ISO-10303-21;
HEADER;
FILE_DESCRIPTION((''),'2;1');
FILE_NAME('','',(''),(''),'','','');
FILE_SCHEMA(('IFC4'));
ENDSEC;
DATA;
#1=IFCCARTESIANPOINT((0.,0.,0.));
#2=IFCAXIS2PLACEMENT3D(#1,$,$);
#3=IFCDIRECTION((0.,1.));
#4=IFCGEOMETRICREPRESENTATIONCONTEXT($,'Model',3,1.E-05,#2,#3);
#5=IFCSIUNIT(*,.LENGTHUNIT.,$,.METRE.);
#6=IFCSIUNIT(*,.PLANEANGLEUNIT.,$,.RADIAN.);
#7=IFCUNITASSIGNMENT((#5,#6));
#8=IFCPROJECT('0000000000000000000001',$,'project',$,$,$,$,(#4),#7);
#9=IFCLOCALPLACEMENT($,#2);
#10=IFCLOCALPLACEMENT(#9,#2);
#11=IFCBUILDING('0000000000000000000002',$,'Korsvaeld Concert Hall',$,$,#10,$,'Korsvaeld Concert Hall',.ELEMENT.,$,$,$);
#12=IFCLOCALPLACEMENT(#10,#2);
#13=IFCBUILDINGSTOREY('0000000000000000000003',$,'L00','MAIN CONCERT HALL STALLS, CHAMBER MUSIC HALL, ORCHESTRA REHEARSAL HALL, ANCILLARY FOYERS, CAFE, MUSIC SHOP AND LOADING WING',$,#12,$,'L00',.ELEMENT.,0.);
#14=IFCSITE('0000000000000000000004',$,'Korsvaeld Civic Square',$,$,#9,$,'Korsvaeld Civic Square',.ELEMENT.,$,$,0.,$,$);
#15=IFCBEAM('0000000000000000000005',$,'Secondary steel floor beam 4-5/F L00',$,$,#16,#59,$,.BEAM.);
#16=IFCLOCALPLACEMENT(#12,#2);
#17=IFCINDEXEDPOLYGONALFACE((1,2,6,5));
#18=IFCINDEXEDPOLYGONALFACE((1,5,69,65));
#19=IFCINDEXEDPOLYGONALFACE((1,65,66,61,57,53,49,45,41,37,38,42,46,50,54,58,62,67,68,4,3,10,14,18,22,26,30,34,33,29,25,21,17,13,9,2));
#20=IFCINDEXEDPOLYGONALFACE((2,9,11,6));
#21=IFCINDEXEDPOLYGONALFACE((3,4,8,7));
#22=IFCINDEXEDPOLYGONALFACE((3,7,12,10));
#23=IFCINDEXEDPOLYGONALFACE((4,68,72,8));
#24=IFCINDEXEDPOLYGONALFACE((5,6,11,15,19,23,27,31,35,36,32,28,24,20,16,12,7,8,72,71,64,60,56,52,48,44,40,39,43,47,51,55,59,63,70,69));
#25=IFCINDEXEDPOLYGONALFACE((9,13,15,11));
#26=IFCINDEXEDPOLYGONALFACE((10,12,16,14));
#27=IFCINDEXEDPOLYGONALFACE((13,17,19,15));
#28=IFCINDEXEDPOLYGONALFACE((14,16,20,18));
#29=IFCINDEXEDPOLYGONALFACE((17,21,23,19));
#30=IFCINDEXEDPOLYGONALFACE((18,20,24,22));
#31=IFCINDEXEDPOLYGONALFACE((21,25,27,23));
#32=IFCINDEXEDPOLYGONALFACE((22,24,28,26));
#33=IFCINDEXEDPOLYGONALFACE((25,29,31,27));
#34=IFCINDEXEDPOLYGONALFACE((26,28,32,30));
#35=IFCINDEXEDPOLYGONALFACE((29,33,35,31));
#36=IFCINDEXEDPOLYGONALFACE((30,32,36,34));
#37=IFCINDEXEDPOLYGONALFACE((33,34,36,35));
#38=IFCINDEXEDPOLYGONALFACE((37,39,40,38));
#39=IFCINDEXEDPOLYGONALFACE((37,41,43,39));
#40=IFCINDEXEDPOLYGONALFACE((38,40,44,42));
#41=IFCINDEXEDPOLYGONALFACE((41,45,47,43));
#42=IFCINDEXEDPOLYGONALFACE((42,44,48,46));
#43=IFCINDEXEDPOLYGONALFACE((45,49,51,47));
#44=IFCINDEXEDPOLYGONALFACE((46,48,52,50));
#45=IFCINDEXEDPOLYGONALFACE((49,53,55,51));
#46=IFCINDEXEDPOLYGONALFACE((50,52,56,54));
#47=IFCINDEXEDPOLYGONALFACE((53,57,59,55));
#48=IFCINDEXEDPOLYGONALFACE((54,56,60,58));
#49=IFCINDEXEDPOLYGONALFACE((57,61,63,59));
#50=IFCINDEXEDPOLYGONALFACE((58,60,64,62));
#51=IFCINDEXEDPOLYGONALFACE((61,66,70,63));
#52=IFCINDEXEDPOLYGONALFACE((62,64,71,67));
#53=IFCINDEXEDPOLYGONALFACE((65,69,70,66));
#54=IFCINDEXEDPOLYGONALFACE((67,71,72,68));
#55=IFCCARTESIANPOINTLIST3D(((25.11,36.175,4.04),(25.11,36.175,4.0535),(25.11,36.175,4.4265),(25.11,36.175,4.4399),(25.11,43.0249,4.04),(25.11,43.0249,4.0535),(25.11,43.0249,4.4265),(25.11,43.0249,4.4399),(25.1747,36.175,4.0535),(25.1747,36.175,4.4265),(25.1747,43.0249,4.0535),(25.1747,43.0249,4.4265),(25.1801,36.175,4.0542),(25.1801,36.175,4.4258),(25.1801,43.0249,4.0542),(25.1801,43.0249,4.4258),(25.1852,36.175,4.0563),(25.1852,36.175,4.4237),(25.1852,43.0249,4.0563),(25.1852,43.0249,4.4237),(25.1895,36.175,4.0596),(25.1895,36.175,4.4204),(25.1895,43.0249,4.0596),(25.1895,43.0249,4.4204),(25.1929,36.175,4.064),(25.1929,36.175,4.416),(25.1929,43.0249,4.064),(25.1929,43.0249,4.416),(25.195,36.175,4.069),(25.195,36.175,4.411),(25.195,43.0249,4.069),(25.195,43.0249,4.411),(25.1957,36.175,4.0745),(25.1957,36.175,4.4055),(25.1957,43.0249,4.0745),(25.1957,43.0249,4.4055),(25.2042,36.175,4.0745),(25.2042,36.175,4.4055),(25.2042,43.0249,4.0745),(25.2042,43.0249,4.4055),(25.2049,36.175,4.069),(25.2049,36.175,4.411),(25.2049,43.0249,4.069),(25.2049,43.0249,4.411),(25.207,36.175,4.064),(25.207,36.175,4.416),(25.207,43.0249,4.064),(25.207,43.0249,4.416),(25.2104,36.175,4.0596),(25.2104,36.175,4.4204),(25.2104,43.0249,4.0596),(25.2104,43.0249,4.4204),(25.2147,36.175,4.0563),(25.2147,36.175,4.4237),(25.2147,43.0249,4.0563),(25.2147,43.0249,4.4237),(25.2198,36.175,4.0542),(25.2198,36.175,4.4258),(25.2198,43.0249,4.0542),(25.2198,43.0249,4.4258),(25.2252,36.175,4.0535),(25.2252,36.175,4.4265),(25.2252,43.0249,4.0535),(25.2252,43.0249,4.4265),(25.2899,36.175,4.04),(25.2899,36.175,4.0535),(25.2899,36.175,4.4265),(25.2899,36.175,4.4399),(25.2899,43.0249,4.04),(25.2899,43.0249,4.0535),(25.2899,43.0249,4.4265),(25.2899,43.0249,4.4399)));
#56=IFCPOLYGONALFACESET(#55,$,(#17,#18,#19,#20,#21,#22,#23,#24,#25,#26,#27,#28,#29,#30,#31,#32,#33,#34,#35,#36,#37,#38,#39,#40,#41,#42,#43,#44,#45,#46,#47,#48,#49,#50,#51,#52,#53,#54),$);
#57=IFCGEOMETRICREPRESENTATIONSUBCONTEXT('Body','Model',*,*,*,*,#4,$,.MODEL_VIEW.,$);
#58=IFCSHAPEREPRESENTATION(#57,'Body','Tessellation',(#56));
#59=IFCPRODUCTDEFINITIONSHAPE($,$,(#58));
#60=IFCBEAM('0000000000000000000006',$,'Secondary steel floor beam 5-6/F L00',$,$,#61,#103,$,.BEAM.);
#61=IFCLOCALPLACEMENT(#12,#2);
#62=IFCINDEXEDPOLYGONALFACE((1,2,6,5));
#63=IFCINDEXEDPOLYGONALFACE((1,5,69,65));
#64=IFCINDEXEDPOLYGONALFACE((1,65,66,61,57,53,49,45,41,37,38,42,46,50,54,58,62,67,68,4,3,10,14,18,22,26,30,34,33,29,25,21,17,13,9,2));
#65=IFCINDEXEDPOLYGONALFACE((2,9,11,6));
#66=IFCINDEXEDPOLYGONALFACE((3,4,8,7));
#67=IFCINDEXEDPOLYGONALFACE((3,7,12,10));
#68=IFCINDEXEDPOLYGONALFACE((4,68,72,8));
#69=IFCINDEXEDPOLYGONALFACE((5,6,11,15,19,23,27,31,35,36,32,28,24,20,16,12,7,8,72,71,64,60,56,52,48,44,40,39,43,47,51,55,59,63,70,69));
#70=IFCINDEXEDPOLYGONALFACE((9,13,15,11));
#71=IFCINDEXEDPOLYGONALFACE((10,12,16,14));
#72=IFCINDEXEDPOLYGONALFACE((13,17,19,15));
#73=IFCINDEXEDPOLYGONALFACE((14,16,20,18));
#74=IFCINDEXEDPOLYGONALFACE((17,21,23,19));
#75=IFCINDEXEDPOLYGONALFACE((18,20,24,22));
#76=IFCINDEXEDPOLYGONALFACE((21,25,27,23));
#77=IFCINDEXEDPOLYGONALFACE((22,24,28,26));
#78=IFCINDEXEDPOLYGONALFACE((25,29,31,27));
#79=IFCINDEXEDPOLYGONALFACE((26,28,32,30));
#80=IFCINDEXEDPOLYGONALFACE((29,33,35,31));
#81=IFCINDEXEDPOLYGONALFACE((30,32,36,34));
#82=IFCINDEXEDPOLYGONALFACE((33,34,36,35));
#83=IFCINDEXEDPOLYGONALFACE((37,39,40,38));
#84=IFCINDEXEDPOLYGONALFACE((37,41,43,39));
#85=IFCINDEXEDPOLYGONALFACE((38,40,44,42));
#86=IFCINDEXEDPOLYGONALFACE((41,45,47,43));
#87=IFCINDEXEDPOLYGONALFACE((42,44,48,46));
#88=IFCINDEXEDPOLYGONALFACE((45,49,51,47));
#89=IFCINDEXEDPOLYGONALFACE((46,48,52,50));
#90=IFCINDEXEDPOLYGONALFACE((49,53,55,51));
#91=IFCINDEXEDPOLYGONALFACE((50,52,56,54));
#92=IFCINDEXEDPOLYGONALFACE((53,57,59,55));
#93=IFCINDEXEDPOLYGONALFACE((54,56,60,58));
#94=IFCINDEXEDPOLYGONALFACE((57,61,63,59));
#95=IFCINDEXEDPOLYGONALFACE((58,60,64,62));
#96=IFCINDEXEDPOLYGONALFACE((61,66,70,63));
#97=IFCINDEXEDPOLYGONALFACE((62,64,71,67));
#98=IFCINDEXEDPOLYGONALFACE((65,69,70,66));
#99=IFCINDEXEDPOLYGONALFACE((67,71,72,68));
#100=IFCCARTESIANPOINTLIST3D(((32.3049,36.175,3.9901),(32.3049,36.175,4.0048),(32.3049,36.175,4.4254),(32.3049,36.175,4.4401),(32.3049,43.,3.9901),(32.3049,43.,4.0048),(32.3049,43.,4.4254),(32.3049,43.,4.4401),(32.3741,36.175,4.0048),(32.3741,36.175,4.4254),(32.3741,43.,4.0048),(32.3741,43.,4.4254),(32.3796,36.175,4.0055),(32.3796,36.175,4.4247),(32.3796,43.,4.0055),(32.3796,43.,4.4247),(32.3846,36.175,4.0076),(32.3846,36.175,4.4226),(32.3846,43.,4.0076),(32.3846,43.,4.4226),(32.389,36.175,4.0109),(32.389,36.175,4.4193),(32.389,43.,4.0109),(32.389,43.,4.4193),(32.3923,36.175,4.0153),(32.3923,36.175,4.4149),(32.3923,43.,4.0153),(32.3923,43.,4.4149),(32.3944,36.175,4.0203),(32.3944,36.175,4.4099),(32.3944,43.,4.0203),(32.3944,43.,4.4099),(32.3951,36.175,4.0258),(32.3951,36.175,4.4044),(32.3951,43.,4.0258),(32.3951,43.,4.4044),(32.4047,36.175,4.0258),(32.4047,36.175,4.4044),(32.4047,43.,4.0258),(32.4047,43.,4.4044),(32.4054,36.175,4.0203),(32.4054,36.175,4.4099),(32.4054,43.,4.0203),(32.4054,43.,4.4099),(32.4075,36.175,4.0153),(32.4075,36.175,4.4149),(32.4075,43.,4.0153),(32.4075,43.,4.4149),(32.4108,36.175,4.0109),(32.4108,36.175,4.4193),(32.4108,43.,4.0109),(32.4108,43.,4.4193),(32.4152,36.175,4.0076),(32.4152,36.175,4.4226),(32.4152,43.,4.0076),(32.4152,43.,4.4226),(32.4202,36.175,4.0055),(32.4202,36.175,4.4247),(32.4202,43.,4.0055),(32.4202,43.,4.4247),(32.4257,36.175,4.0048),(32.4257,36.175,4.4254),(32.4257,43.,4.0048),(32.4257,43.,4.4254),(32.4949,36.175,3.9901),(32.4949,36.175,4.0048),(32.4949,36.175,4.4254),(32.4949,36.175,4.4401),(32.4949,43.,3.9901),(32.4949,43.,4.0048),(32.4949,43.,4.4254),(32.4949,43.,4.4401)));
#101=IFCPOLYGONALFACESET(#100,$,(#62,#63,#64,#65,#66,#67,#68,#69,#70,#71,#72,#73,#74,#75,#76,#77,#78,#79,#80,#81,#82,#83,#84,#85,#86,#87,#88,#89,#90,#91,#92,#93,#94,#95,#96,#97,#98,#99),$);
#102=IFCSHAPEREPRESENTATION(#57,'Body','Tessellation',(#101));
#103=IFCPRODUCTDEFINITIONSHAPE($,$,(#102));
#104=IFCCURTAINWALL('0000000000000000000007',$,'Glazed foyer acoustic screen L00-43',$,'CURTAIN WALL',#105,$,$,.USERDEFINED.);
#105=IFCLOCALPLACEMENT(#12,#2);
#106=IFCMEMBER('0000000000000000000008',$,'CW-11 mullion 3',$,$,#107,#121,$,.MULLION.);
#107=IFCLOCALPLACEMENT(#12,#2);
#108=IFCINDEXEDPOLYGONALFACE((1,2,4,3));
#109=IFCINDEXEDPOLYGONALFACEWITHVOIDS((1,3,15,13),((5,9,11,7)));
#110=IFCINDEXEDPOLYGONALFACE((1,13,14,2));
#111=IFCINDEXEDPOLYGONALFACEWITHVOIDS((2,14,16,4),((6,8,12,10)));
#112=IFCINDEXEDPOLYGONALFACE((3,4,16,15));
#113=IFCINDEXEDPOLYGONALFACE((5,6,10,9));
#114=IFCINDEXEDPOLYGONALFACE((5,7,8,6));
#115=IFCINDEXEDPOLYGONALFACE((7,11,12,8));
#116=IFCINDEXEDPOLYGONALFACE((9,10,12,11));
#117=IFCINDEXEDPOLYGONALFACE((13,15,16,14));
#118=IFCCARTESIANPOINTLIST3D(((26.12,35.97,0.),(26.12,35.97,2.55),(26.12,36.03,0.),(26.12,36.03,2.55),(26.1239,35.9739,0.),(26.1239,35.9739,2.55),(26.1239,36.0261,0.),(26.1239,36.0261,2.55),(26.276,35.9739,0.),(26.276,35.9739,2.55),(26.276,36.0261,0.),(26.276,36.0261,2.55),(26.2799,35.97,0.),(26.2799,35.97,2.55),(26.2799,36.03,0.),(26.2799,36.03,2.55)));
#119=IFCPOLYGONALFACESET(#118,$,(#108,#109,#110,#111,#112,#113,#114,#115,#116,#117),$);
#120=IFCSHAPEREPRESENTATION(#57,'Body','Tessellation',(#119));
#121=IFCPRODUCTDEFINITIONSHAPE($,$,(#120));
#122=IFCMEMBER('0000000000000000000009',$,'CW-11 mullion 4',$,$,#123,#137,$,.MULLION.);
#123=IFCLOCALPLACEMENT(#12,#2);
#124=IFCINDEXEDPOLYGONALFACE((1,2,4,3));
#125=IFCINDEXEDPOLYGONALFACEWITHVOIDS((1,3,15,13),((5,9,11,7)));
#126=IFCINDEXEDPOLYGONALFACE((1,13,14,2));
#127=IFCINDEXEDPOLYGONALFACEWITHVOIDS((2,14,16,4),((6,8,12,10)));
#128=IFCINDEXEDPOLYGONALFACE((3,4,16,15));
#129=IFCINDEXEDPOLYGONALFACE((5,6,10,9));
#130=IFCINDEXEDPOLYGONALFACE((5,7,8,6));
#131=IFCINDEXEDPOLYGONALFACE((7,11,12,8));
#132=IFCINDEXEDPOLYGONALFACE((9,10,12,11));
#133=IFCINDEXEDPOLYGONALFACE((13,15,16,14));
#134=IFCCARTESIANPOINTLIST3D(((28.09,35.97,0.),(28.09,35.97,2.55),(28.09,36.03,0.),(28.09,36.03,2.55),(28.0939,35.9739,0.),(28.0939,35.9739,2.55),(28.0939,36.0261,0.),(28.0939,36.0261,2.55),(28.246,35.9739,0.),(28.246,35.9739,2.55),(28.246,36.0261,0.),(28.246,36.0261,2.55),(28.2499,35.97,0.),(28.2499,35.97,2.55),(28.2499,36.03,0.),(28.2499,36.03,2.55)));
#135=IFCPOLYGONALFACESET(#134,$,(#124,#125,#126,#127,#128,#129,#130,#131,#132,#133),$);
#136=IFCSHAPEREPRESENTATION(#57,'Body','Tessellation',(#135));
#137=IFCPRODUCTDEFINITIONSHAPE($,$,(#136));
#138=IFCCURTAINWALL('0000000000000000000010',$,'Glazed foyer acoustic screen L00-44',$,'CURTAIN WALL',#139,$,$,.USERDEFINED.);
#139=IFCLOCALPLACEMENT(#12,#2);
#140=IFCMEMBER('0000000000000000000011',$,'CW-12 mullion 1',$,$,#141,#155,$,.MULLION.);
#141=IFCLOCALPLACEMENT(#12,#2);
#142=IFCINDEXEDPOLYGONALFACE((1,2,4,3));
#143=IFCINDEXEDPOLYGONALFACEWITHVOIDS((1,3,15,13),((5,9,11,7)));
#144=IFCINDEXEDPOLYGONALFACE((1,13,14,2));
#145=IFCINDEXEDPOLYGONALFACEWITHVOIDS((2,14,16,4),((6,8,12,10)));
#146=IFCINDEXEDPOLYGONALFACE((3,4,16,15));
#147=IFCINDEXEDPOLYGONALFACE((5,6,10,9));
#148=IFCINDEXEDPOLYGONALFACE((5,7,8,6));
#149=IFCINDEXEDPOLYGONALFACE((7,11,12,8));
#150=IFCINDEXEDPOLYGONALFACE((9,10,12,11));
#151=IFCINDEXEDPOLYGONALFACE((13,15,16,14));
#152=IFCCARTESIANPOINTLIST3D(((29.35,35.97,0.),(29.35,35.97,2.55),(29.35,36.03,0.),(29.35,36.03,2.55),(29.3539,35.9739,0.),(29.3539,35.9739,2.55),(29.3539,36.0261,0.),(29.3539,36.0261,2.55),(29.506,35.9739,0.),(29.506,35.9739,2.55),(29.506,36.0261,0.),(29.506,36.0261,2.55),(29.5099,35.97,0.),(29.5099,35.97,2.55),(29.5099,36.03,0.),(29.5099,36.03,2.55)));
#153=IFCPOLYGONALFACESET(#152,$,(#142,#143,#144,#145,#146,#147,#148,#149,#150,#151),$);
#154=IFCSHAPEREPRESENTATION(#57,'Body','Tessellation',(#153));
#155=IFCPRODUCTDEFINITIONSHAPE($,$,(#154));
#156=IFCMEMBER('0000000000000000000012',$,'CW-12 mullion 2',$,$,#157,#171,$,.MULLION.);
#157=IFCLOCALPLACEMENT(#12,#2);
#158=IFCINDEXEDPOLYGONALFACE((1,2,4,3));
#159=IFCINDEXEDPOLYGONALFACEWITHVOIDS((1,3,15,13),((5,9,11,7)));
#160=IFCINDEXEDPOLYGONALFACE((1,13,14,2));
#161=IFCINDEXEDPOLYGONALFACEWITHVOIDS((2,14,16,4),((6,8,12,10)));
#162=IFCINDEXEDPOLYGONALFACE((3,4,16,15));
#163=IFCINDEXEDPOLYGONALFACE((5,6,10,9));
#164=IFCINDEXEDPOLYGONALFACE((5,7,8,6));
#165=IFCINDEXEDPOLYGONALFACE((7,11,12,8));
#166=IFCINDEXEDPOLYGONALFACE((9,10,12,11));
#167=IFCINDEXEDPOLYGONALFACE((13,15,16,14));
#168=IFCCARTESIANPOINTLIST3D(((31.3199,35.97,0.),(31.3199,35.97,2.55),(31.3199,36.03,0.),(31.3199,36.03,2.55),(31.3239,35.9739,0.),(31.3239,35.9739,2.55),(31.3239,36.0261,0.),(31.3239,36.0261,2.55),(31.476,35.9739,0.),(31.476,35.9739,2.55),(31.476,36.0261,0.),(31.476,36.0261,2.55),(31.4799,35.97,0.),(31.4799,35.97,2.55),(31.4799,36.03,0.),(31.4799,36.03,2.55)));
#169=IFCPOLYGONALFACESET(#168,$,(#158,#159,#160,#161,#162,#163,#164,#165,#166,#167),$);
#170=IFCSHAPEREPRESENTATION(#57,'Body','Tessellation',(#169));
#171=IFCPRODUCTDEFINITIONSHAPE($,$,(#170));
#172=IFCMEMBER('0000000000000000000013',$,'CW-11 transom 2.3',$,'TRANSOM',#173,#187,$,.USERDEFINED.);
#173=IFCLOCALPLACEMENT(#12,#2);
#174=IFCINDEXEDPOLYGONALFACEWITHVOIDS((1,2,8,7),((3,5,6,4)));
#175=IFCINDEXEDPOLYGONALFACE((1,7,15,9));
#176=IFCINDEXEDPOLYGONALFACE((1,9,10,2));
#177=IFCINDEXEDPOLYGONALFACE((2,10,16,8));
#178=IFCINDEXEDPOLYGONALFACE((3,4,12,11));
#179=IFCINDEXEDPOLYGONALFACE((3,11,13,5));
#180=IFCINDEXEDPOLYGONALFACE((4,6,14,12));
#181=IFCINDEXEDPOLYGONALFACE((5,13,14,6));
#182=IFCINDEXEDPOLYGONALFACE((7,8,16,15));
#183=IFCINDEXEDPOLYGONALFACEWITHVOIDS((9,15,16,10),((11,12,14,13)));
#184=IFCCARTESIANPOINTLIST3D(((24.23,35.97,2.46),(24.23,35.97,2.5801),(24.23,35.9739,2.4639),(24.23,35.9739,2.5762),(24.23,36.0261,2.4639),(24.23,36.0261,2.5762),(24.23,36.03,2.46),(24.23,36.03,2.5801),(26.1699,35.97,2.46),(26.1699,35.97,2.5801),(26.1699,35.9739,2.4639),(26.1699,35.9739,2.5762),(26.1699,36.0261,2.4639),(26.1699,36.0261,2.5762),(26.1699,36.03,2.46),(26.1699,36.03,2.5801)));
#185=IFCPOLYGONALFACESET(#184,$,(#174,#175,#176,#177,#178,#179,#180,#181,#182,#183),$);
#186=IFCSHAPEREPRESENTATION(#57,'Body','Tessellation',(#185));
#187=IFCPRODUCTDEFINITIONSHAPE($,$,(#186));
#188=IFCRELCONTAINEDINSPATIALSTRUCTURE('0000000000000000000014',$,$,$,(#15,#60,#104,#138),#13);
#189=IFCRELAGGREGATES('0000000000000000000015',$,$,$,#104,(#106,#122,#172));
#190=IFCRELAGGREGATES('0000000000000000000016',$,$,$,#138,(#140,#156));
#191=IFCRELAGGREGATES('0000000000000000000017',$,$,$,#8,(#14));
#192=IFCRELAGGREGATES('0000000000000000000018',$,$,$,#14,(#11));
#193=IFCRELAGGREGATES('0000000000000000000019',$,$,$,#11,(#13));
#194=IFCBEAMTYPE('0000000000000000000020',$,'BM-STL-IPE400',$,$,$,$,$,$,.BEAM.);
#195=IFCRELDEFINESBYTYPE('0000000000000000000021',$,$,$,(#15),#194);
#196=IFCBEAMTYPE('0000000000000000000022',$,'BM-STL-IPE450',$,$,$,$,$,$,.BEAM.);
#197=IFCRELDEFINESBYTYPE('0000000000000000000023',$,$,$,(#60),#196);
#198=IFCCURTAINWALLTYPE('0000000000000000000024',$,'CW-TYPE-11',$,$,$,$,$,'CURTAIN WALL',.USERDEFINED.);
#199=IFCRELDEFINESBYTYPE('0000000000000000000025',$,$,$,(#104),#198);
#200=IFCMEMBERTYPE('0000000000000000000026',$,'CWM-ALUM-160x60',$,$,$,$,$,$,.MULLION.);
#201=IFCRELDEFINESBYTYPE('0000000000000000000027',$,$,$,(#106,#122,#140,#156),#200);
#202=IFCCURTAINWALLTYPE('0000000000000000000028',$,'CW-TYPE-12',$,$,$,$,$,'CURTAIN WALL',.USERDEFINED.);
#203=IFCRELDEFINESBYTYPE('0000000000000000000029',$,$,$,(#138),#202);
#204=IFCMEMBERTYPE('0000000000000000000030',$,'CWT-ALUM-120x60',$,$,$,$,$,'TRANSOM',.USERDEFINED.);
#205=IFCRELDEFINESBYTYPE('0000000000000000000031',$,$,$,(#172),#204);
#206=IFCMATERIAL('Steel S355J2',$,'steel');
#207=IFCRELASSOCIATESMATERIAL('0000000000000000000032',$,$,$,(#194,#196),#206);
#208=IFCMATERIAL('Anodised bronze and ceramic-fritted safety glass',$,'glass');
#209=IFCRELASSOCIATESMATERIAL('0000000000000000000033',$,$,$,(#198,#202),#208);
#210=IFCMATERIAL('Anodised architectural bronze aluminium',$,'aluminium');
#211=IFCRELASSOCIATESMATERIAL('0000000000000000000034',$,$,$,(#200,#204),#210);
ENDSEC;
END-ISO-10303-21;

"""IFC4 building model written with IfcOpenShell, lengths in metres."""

from ifc_helpers import new_model, si_unit, direction, frame, origin, origin_2d, place, context, subcontext, project, spatial, hollow_rectangle, i_section, extrude, material, material_profile, profile_set, type_object, element, aggregate, save


model = new_model("IFC4")

# Units and contexts
model_context = context("Model", 3, precision=1e-05, world=origin(), true_north=direction((0.0, 1.0)))
body_context = subcontext(model_context, "Body", "Model", "MODEL_VIEW")
ifc_project = project(units=[si_unit("LENGTHUNIT", "METRE"), si_unit("PLANEANGLEUNIT", "RADIAN")], contexts=[model_context])

# Site, building, storey
site_placement = place(None, origin())
site = spatial("IfcSite", under=ifc_project, at=site_placement, Name="Korsvaeld Civic Square", LongName="Korsvaeld Civic Square", CompositionType="ELEMENT", RefElevation=0.0)
building_placement = place(site_placement, origin())
building = spatial("IfcBuilding", under=site, at=building_placement, Name="Korsvaeld Concert Hall", LongName="Korsvaeld Concert Hall", CompositionType="ELEMENT")
storey_placement = place(building_placement, origin())
storey = spatial("IfcBuildingStorey", under=building, at=storey_placement, Name="L00", Description="MAIN CONCERT HALL STALLS, CHAMBER MUSIC HALL, ORCHESTRA REHEARSAL HALL, ANCILLARY FOYERS, CAFE, MUSIC SHOP AND LOADING WING", LongName="L00", CompositionType="ELEMENT", Elevation=0.0)

# Beams
ifc_material_1 = material(Name="Steel S355J2", Category="steel")
ifc_material_profile_1 = material_profile(ifc_material_1, i_section(OverallWidth=0.1799, OverallDepth=0.3999, WebThickness=0.0085, FlangeThickness=0.0134, FilletRadius=0.021, at=origin_2d()), Name="IPE 400")
ifc_profile_set_1 = profile_set([ifc_material_profile_1], Name="Steel S355J2")
beam_type_1 = type_object("IfcBeamType", Name="BM-STL-IPE400", PredefinedType="BEAM", material=ifc_profile_set_1)
beam_1_placement = place(storey_placement, frame((25.2, 36.175, 4.24), z_axis=(0.0, 1.0, 0.0), x_axis=(-1.0, 0.0, 0.0)))
element("IfcBeam", 1, at=beam_1_placement, inside=storey, type_object=beam_type_1, Name="Secondary steel floor beam 4-5/F L00", PredefinedType="BEAM", context=body_context, shape_type="SweptSolid", body=[
    extrude(i_section(OverallWidth=0.1799, OverallDepth=0.3999, WebThickness=0.0085, FlangeThickness=0.0134, FilletRadius=0.021, at=origin_2d()), origin(), (0.0, 0.0, 1.0), 6.8499),
])
ifc_material_profile_2 = material_profile(ifc_material_1, i_section(OverallWidth=0.1899, OverallDepth=0.45, WebThickness=0.0095, FlangeThickness=0.0146, FilletRadius=0.021, at=origin_2d()), Name="IPE 450")
ifc_profile_set_2 = profile_set([ifc_material_profile_2], Name="Steel S355J2")
beam_type_2 = type_object("IfcBeamType", Name="BM-STL-IPE450", PredefinedType="BEAM", material=ifc_profile_set_2)
beam_2_placement = place(storey_placement, frame((32.3999, 36.175, 4.2151), z_axis=(0.0, 1.0, 0.0), x_axis=(-1.0, 0.0, 0.0)))
element("IfcBeam", 2, at=beam_2_placement, inside=storey, type_object=beam_type_2, Name="Secondary steel floor beam 5-6/F L00", PredefinedType="BEAM", context=body_context, shape_type="SweptSolid", body=[
    extrude(i_section(OverallWidth=0.1899, OverallDepth=0.45, WebThickness=0.0095, FlangeThickness=0.0146, FilletRadius=0.021, at=origin_2d()), origin(), (0.0, 0.0, 1.0), 6.825),
])

# Curtain walls, members
ifc_material_2 = material(Name="Anodised bronze and ceramic-fritted safety glass", Category="glass")
curtain_wall_type_1 = type_object("IfcCurtainWallType", Name="CW-TYPE-11", ElementType="CURTAIN WALL", PredefinedType="USERDEFINED", material=ifc_material_2)
curtain_wall_1_placement = place(storey_placement, origin())
curtain_wall_1 = element("IfcCurtainWall", 3, at=curtain_wall_1_placement, inside=storey, type_object=curtain_wall_type_1, Name="Glazed foyer acoustic screen L00-43", ObjectType="CURTAIN WALL", PredefinedType="USERDEFINED")
ifc_material_3 = material(Name="Anodised architectural bronze aluminium", Category="aluminium")
ifc_material_profile_3 = material_profile(ifc_material_3, hollow_rectangle(XDim=0.0601, YDim=0.1599, WallThickness=0.0039, at=origin_2d()), Name="CWM 160x60x4")
ifc_profile_set_3 = profile_set([ifc_material_profile_3], Name="Anodised architectural bronze aluminium")
member_type_1 = type_object("IfcMemberType", Name="CWM-ALUM-160x60", PredefinedType="MULLION", material=ifc_profile_set_3)
member_1_placement = place(storey_placement, frame((26.2, 36.0, 0.0), z_axis=(0.0, 0.0, 1.0), x_axis=(0.0, 1.0, 0.0)))
member_1 = element("IfcMember", 4, at=member_1_placement, type_object=member_type_1, Name="CW-11 mullion 3", PredefinedType="MULLION", context=body_context, shape_type="SweptSolid", body=[
    extrude(hollow_rectangle(XDim=0.0601, YDim=0.1599, WallThickness=0.0039, at=origin_2d()), origin(), (0.0, 0.0, 1.0), 2.55),
])
member_2_placement = place(storey_placement, frame((28.1699, 36.0, 0.0), z_axis=(0.0, 0.0, 1.0), x_axis=(0.0, 1.0, 0.0)))
member_2 = element("IfcMember", 5, at=member_2_placement, type_object=member_type_1, Name="CW-11 mullion 4", PredefinedType="MULLION", context=body_context, shape_type="SweptSolid", body=[
    extrude(hollow_rectangle(XDim=0.0601, YDim=0.1599, WallThickness=0.0039, at=origin_2d()), origin(), (0.0, 0.0, 1.0), 2.55),
])
curtain_wall_type_2 = type_object("IfcCurtainWallType", Name="CW-TYPE-12", ElementType="CURTAIN WALL", PredefinedType="USERDEFINED", material=ifc_material_2)
curtain_wall_2_placement = place(storey_placement, origin())
curtain_wall_2 = element("IfcCurtainWall", 6, at=curtain_wall_2_placement, inside=storey, type_object=curtain_wall_type_2, Name="Glazed foyer acoustic screen L00-44", ObjectType="CURTAIN WALL", PredefinedType="USERDEFINED")
member_3_placement = place(storey_placement, frame((29.4299, 36.0, 0.0), z_axis=(0.0, 0.0, 1.0), x_axis=(0.0, 1.0, 0.0)))
member_3 = element("IfcMember", 7, at=member_3_placement, type_object=member_type_1, Name="CW-12 mullion 1", PredefinedType="MULLION", context=body_context, shape_type="SweptSolid", body=[
    extrude(hollow_rectangle(XDim=0.0601, YDim=0.1599, WallThickness=0.0039, at=origin_2d()), origin(), (0.0, 0.0, 1.0), 2.55),
])
member_4_placement = place(storey_placement, frame((31.3999, 36.0, 0.0), z_axis=(0.0, 0.0, 1.0), x_axis=(0.0, 1.0, 0.0)))
member_4 = element("IfcMember", 8, at=member_4_placement, type_object=member_type_1, Name="CW-12 mullion 2", PredefinedType="MULLION", context=body_context, shape_type="SweptSolid", body=[
    extrude(hollow_rectangle(XDim=0.0601, YDim=0.1599, WallThickness=0.0039, at=origin_2d()), origin(), (0.0, 0.0, 1.0), 2.55),
])

# Member
ifc_material_profile_4 = material_profile(ifc_material_3, hollow_rectangle(XDim=0.0601, YDim=0.1201, WallThickness=0.0039, at=origin_2d()), Name="CWT 120x60x4")
ifc_profile_set_4 = profile_set([ifc_material_profile_4], Name="Anodised architectural bronze aluminium")
member_type_2 = type_object("IfcMemberType", Name="CWT-ALUM-120x60", ElementType="TRANSOM", PredefinedType="USERDEFINED", material=ifc_profile_set_4)
member_5_placement = place(storey_placement, frame((24.23, 36.0, 2.52), z_axis=(1.0, 0.0, 0.0), x_axis=(0.0, 1.0, 0.0)))
member_5 = element("IfcMember", 9, at=member_5_placement, type_object=member_type_2, Name="CW-11 transom 2.3", ObjectType="TRANSOM", PredefinedType="USERDEFINED", context=body_context, shape_type="SweptSolid", body=[
    extrude(hollow_rectangle(XDim=0.0601, YDim=0.1201, WallThickness=0.0039, at=origin_2d()), origin(), (0.0, 0.0, 1.0), 1.9399),
])

aggregate(curtain_wall_1, [member_1, member_2, member_5])
aggregate(curtain_wall_2, [member_3, member_4])

save(model, "model.ifc")
